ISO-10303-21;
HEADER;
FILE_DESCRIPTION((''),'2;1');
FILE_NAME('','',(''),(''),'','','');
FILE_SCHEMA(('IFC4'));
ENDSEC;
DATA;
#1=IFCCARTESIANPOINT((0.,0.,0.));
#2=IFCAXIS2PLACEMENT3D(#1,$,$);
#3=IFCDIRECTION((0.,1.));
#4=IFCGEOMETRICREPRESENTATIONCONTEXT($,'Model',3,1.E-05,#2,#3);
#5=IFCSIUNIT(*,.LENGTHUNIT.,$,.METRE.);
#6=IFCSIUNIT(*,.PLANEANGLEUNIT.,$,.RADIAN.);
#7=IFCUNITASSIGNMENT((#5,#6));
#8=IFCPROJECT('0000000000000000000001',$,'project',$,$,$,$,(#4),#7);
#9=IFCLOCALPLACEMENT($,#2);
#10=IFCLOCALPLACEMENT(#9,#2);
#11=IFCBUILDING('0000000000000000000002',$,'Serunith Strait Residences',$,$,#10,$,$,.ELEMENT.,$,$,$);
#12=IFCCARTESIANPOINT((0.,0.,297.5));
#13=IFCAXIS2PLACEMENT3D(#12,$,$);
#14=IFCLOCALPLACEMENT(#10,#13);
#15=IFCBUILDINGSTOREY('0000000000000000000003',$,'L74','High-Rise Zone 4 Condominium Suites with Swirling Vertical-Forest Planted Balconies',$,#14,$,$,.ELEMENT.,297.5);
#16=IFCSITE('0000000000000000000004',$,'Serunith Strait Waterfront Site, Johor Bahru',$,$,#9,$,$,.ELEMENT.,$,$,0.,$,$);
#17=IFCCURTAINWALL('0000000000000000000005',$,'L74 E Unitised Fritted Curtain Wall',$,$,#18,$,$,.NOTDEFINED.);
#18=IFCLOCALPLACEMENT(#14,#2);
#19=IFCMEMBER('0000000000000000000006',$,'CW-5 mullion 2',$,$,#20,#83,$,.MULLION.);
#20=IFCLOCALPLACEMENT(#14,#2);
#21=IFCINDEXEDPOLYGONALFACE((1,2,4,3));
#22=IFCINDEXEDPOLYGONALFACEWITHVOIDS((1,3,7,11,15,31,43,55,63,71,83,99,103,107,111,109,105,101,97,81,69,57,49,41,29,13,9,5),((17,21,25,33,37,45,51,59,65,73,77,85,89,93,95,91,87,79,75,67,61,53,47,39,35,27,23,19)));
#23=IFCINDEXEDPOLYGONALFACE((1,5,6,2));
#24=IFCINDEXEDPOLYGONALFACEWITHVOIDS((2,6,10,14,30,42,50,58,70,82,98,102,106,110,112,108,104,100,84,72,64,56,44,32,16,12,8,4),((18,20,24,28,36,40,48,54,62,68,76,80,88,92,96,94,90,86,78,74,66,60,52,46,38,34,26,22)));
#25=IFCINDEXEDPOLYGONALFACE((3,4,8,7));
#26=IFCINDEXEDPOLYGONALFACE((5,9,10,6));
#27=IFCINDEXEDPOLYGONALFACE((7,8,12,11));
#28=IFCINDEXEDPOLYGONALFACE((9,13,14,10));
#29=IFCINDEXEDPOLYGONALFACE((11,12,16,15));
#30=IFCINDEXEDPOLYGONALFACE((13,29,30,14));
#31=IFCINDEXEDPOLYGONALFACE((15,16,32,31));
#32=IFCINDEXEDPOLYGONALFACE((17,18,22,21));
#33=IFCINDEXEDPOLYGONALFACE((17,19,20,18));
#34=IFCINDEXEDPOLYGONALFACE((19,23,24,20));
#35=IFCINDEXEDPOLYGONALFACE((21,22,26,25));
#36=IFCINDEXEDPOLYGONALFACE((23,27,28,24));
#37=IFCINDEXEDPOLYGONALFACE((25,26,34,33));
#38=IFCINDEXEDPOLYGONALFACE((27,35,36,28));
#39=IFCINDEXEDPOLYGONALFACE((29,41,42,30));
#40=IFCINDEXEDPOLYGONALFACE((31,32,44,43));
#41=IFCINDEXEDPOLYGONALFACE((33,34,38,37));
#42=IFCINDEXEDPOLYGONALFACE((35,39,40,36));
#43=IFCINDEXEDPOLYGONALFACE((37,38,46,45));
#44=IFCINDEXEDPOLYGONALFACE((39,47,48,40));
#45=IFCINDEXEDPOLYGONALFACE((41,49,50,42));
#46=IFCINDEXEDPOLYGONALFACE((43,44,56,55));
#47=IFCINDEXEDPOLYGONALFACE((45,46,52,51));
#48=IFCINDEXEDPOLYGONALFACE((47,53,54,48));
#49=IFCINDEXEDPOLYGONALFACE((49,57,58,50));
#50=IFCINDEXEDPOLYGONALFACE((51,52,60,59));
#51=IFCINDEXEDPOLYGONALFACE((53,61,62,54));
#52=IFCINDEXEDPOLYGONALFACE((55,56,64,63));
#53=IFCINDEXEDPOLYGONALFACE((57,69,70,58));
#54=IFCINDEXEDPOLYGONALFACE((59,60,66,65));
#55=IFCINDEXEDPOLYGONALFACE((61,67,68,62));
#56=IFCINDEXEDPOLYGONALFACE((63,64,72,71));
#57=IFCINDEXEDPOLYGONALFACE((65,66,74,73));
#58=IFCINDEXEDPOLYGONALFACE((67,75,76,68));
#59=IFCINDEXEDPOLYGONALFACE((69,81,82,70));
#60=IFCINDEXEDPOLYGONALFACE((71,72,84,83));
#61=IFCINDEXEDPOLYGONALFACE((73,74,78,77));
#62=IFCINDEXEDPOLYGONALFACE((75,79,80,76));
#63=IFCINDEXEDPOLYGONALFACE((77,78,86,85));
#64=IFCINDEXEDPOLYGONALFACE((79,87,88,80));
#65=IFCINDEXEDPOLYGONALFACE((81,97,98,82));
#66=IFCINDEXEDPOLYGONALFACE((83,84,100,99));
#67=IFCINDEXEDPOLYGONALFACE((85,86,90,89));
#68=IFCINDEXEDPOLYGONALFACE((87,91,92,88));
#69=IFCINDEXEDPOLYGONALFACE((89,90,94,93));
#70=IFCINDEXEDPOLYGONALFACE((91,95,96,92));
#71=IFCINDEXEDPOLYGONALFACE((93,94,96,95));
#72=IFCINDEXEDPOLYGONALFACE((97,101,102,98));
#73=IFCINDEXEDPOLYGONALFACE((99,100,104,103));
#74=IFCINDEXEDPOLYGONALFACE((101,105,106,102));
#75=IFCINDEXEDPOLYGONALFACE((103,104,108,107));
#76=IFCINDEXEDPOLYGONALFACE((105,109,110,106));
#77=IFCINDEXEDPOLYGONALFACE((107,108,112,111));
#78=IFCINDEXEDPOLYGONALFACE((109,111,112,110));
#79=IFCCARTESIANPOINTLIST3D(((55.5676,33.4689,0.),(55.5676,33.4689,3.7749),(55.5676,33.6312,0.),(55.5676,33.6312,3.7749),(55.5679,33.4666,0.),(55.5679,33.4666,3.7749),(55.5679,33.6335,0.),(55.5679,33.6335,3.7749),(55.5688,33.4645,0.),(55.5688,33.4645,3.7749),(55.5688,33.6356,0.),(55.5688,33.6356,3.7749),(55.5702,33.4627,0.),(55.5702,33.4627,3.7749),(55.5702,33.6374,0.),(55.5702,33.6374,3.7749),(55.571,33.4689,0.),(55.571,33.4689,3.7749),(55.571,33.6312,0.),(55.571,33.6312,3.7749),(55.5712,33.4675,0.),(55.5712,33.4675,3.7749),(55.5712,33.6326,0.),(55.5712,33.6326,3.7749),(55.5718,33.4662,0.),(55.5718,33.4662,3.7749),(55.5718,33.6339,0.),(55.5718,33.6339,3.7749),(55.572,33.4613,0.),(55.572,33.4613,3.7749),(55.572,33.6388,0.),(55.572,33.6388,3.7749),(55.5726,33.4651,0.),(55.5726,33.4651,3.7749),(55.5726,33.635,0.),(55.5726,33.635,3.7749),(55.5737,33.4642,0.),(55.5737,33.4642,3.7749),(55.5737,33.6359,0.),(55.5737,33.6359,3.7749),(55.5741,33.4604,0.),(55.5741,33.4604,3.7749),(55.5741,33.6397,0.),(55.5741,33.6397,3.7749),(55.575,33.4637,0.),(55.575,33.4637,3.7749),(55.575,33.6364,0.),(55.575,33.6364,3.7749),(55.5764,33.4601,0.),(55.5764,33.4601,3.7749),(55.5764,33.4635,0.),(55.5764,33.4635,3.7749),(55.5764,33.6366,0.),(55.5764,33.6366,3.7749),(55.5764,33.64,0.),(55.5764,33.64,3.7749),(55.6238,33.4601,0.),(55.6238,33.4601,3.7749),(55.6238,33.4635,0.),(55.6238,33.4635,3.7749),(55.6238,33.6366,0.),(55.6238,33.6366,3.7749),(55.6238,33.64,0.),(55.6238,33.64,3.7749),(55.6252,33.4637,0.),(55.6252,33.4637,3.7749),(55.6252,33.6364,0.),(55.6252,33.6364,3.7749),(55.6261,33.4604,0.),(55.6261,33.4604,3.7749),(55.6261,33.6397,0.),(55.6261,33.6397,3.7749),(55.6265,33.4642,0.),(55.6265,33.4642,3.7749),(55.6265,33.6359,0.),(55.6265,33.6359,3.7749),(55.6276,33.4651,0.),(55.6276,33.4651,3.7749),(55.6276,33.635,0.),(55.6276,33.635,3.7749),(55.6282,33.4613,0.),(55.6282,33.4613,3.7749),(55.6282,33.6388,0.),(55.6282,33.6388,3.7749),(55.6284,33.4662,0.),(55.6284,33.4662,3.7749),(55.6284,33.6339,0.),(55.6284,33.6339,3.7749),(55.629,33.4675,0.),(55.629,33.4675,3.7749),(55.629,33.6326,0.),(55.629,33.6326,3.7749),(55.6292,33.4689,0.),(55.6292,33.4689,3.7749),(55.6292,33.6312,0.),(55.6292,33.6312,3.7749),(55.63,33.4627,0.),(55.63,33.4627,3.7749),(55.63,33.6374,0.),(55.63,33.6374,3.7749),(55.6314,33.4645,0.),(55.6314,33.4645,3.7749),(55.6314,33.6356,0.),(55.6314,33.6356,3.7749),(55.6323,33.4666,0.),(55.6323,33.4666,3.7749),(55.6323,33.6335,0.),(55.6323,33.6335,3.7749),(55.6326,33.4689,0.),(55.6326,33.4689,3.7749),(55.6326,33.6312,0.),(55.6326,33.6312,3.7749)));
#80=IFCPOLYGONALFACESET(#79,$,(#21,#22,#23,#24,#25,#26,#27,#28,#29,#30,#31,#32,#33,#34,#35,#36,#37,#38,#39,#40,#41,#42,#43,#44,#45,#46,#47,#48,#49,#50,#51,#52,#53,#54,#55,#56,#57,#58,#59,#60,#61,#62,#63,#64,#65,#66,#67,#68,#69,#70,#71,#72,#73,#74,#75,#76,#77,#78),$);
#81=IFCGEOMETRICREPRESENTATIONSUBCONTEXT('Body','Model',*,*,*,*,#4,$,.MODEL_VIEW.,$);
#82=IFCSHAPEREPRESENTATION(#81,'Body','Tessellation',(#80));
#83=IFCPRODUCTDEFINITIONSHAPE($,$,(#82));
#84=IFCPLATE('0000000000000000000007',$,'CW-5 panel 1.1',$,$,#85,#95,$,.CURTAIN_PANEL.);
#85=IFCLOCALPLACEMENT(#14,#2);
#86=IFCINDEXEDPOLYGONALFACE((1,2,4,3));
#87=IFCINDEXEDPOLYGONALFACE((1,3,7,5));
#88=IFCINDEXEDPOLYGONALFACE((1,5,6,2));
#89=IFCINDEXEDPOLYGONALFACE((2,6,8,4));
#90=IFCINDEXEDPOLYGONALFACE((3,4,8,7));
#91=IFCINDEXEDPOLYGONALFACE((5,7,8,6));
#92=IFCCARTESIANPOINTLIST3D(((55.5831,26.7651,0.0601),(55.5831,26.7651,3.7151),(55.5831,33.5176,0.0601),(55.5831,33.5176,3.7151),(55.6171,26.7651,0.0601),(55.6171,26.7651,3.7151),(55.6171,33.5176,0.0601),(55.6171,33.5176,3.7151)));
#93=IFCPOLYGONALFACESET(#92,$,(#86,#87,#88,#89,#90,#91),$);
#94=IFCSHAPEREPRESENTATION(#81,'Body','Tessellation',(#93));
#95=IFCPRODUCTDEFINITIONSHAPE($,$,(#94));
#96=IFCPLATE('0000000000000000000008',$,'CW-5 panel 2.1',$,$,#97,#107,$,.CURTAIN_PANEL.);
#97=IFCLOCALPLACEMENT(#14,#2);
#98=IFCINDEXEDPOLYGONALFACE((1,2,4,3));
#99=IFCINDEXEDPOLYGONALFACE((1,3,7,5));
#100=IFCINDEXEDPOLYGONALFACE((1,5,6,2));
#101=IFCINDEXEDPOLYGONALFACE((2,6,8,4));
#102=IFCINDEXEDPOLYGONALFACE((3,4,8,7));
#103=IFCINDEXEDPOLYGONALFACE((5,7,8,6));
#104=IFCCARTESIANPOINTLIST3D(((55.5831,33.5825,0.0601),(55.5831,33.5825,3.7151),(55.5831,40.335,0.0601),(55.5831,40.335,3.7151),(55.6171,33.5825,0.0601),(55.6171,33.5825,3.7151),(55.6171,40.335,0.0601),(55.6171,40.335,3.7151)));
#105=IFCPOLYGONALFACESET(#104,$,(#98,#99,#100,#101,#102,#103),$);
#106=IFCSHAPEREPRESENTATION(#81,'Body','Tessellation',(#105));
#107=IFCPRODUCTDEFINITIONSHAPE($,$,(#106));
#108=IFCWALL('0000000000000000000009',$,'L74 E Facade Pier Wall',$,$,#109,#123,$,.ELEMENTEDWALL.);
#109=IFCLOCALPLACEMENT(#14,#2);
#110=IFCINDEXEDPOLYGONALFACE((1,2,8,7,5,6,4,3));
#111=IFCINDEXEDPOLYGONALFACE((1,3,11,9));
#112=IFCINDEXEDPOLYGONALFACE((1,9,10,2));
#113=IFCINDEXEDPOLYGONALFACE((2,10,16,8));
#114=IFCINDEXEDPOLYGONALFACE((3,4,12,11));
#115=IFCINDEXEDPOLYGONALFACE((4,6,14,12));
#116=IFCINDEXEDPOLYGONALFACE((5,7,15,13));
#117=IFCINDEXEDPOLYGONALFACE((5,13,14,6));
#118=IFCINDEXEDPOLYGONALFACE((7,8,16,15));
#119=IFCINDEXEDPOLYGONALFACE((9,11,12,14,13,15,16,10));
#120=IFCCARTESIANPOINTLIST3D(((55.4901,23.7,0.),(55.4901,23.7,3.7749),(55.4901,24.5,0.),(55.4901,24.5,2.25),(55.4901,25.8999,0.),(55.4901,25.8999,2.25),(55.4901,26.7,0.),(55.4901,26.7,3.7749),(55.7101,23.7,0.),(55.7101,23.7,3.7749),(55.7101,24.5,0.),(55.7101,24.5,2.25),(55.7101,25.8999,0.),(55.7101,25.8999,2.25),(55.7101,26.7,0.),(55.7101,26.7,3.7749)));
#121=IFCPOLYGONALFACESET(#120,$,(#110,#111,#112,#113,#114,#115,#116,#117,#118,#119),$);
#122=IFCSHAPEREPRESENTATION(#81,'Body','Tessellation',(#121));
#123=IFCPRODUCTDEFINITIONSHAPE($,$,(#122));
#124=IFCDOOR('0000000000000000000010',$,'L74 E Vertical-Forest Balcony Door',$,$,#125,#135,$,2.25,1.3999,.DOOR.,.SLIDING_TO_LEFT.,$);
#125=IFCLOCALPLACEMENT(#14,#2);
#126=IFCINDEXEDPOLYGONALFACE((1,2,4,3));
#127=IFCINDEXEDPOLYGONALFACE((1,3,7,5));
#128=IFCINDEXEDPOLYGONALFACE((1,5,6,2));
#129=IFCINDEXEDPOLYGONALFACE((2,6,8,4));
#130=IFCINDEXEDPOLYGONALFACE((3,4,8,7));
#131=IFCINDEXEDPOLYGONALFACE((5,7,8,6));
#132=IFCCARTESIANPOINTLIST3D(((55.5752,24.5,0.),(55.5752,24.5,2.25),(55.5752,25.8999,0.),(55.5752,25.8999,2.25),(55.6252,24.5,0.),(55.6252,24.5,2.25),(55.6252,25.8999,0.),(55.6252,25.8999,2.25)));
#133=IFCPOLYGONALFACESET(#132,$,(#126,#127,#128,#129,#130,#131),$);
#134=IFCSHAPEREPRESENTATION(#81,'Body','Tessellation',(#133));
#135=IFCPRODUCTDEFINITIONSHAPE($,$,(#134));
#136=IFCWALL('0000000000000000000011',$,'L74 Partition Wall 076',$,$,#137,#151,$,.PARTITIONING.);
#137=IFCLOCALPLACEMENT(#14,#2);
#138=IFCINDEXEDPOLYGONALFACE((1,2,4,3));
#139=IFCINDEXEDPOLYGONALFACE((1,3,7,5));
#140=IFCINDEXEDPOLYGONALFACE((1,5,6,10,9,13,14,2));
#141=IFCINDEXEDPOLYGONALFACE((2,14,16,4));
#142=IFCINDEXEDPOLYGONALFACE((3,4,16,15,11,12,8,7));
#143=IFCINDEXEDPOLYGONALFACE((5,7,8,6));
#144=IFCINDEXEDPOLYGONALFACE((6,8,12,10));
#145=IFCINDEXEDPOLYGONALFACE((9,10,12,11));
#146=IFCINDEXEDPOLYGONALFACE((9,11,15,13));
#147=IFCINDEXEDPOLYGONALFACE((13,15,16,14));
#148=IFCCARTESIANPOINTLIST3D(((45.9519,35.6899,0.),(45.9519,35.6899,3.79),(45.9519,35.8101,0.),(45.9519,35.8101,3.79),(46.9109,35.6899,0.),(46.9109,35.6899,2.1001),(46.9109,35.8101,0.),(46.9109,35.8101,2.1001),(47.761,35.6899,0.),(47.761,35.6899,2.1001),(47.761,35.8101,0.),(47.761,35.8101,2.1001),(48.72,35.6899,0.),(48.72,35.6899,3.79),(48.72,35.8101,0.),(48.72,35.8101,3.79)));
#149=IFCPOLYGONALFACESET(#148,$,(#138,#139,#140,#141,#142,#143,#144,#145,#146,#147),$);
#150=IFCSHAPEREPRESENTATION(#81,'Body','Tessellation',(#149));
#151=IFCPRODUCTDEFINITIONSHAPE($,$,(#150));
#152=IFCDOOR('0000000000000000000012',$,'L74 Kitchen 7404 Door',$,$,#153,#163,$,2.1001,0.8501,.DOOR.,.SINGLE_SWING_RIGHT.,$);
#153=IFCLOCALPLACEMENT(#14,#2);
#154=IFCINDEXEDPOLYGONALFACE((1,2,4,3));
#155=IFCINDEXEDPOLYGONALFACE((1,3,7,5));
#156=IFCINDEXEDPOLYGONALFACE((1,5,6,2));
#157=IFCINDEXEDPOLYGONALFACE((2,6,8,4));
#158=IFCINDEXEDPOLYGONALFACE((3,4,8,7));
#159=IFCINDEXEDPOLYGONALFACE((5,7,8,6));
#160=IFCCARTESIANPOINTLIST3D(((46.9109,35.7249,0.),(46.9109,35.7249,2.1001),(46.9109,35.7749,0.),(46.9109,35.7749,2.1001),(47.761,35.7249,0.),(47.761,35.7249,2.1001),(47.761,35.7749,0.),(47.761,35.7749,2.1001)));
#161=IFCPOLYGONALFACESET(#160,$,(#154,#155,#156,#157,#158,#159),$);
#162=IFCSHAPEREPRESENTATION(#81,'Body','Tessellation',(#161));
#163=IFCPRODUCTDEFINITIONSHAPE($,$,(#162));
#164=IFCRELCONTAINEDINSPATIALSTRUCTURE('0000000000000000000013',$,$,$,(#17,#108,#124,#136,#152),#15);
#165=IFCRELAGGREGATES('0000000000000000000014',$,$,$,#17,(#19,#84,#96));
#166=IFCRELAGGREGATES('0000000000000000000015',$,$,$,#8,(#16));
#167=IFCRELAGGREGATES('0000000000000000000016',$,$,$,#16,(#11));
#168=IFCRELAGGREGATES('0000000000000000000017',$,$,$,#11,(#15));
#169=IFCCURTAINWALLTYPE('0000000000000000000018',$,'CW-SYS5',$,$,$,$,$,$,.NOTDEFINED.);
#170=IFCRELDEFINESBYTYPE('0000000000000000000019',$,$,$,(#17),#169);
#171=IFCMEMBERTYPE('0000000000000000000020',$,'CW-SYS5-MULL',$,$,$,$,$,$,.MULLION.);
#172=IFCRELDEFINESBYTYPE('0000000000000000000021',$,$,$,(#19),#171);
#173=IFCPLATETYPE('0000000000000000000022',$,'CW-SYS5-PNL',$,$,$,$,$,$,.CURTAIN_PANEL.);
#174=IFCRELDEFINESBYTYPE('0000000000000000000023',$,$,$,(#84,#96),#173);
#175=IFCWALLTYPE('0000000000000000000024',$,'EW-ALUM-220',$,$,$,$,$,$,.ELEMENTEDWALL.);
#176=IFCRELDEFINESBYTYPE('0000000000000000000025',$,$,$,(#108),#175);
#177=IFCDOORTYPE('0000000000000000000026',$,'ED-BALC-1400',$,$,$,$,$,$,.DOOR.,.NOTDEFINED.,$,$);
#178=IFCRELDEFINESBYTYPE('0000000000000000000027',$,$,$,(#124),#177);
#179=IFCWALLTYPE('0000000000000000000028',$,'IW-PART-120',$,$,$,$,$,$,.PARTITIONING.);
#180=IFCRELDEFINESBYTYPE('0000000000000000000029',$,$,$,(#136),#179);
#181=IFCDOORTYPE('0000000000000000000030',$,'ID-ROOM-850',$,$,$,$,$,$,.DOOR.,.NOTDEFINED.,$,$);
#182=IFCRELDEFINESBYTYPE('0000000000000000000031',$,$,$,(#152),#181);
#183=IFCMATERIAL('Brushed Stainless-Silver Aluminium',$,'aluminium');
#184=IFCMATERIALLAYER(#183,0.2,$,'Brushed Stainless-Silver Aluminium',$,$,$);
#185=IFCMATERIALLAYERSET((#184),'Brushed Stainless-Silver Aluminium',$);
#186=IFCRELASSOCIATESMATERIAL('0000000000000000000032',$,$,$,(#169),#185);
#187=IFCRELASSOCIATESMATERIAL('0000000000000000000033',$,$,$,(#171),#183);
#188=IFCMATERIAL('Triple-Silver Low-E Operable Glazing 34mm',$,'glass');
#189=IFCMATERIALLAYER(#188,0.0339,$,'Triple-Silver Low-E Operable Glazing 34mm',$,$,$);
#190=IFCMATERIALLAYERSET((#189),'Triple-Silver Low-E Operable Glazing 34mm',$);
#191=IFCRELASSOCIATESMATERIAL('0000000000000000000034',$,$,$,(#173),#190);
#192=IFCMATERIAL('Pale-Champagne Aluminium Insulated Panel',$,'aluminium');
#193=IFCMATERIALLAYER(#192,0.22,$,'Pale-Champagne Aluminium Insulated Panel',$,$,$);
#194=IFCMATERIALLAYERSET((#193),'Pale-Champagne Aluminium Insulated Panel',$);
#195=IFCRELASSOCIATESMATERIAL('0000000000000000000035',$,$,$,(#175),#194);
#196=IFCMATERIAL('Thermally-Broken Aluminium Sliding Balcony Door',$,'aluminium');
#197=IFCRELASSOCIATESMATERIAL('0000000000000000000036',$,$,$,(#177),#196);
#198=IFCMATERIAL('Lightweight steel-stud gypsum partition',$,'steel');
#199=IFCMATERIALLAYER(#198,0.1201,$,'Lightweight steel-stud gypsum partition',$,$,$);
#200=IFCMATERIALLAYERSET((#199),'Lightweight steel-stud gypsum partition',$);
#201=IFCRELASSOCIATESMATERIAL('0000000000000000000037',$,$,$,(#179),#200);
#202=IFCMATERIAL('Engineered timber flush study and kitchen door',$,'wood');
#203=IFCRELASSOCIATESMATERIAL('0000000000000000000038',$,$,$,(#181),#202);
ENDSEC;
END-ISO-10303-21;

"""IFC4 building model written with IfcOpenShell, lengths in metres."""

from ifc_helpers import new_model, si_unit, direction, frame, frame_2d, origin, origin_2d, place, context, subcontext, project, spatial, rectangle, hollow_rectangle, extrude, source, transform, mapped, material, layer, layer_set, material_profile, profile_set, type_object, element, fill, aggregate, save


model = new_model("IFC4")

# Units and contexts
model_context = context("Model", 3, precision=1e-05, world=origin(), true_north=direction((0.0, 1.0)))
body_context = subcontext(model_context, "Body", "Model", "MODEL_VIEW")
ifc_project = project(units=[si_unit("LENGTHUNIT", "METRE"), si_unit("PLANEANGLEUNIT", "RADIAN")], contexts=[model_context])

# Site, building, storey
site_placement = place(None, origin())
site = spatial("IfcSite", under=ifc_project, at=site_placement, Name="Serunith Strait Waterfront Site, Johor Bahru", CompositionType="ELEMENT", RefElevation=0.0)
building_placement = place(site_placement, origin())
building = spatial("IfcBuilding", under=site, at=building_placement, Name="Serunith Strait Residences", CompositionType="ELEMENT")
storey_placement = place(building_placement, frame((0.0, 0.0, 297.5)))
storey = spatial("IfcBuildingStorey", under=building, at=storey_placement, Name="L74", Description="High-Rise Zone 4 Condominium Suites with Swirling Vertical-Forest Planted Balconies", CompositionType="ELEMENT", Elevation=297.5)

# Curtain wall
ifc_material_1 = material(Name="Brushed Stainless-Silver Aluminium", Category="aluminium")
ifc_layer_1 = layer(ifc_material_1, 0.2, Name="Brushed Stainless-Silver Aluminium")
ifc_layer_set_1 = layer_set([ifc_layer_1], Name="Brushed Stainless-Silver Aluminium")
curtain_wall_type = type_object("IfcCurtainWallType", Name="CW-SYS5", PredefinedType="NOTDEFINED", material=ifc_layer_set_1)
curtain_wall_1_placement = place(storey_placement, origin())
curtain_wall_1 = element("IfcCurtainWall", 1, at=curtain_wall_1_placement, inside=storey, type_object=curtain_wall_type, Name="L74 E Unitised Fritted Curtain Wall", PredefinedType="NOTDEFINED")

# Shared definitions
ifc_material_profile_1 = material_profile(ifc_material_1, hollow_rectangle(XDim=0.0649, YDim=0.1799, WallThickness=0.0034, InnerFilletRadius=0.0054, OuterFilletRadius=0.0088, at=origin_2d()), Name="ALU 180x65x3.5")
ifc_profile_set_1 = profile_set([ifc_material_profile_1], Name="Brushed Stainless-Silver Aluminium")
member_type_1 = type_object("IfcMemberType", Name="CW-SYS5-MULL", PredefinedType="MULLION", material=ifc_profile_set_1)
shared_shape_1 = source(origin(), body_context, "Body", "SweptSolid", [
    extrude(hollow_rectangle(XDim=0.0649, YDim=0.1799, WallThickness=0.0034, InnerFilletRadius=0.0054, OuterFilletRadius=0.0088, at=origin_2d()), origin(), (0.0, 0.0, 1.0), 3.7749),
])

# Member
member_1_placement = place(storey_placement, frame((55.6001, 33.55, 0.0), z_axis=(0.0, 0.0, 1.0), x_axis=(-1.0, 0.0, 0.0)))
member_1 = element("IfcMember", 2, at=member_1_placement, type_object=member_type_1, Name="CW-5 mullion 2", PredefinedType="MULLION", context=body_context, shape_type="MappedRepresentation", body=[
    mapped(shared_shape_1, transform((0.0, 0.0, 0.0), scale=1.0)),
])

# Plates
ifc_material_2 = material(Name="Triple-Silver Low-E Operable Glazing 34mm", Category="glass")
ifc_layer_2 = layer(ifc_material_2, 0.0339, Name="Triple-Silver Low-E Operable Glazing 34mm")
ifc_layer_set_2 = layer_set([ifc_layer_2], Name="Triple-Silver Low-E Operable Glazing 34mm")
plate_type = type_object("IfcPlateType", Name="CW-SYS5-PNL", PredefinedType="CURTAIN_PANEL", material=ifc_layer_set_2)
shared_shape_2 = source(origin(), body_context, "Body", "SweptSolid", [
    extrude(rectangle(XDim=6.7524, YDim=0.0339, at=origin_2d()), origin(), (0.0, 0.0, 1.0), 3.655),
])
plate_1_placement = place(storey_placement, frame((55.6001, 30.1414, 0.0601), z_axis=(0.0, 0.0, 1.0), x_axis=(0.0, 1.0, 0.0)))
plate_1 = element("IfcPlate", 3, at=plate_1_placement, type_object=plate_type, Name="CW-5 panel 1.1", PredefinedType="CURTAIN_PANEL", context=body_context, shape_type="MappedRepresentation", body=[
    mapped(shared_shape_2, transform((0.0, 0.0, 0.0), scale=1.0)),
])
plate_2_placement = place(storey_placement, frame((55.6001, 36.9587, 0.0601), z_axis=(0.0, 0.0, 1.0), x_axis=(0.0, 1.0, 0.0)))
plate_2 = element("IfcPlate", 4, at=plate_2_placement, type_object=plate_type, Name="CW-5 panel 2.1", PredefinedType="CURTAIN_PANEL", context=body_context, shape_type="MappedRepresentation", body=[
    mapped(shared_shape_2, transform((0.0, 0.0, 0.0), scale=1.0)),
])
aggregate(curtain_wall_1, [member_1, plate_1, plate_2])

# Walls, openings, doors
ifc_material_3 = material(Name="Pale-Champagne Aluminium Insulated Panel", Category="aluminium")
ifc_layer_3 = layer(ifc_material_3, 0.22, Name="Pale-Champagne Aluminium Insulated Panel")
ifc_layer_set_3 = layer_set([ifc_layer_3], Name="Pale-Champagne Aluminium Insulated Panel")
wall_type_1 = type_object("IfcWallType", Name="EW-ALUM-220", PredefinedType="ELEMENTEDWALL", material=ifc_layer_set_3)
wall_1_placement = place(storey_placement, frame((55.6001, 23.7, 0.0), z_axis=(0.0, 0.0, 1.0), x_axis=(0.0, 1.0, 0.0)))
wall_1 = element("IfcWall", 5, at=wall_1_placement, inside=storey, type_object=wall_type_1, Name="L74 E Facade Pier Wall", PredefinedType="ELEMENTEDWALL", context=body_context, shape_type="SweptSolid", body=[
    extrude(rectangle(XDim=3.0, YDim=0.22, at=frame_2d((1.5, 0.0))), origin(), (0.0, 0.0, 1.0), 3.7749),
])
opening_1_placement = place(wall_1_placement, frame((0.8, 0.0, 0.0)))
opening_1 = element("IfcOpeningElement", 6, at=opening_1_placement, cuts=wall_1, PredefinedType="OPENING", context=body_context, shape_type="SweptSolid", body=[
    extrude(rectangle(XDim=1.3999, YDim=2.25, at=frame_2d((0.7, 1.125))), frame((0.0, 0.1201, 0.0), z_axis=(0.0, -1.0, 0.0), x_axis=(1.0, 0.0, 0.0)), (0.0, 0.0, 1.0), 0.24),
])
ifc_material_4 = material(Name="Thermally-Broken Aluminium Sliding Balcony Door", Category="aluminium")
door_type_1 = type_object("IfcDoorType", Name="ED-BALC-1400", OperationType="NOTDEFINED", PredefinedType="DOOR", material=ifc_material_4)
shared_shape_3 = source(origin(), body_context, "Body", "SweptSolid", [
    extrude(rectangle(XDim=1.3999, YDim=2.25, at=frame_2d((0.7, 1.125))), frame((0.0, 0.0249, 0.0), z_axis=(0.0, -1.0, 0.0), x_axis=(1.0, 0.0, 0.0)), (0.0, 0.0, 1.0), 0.05),
])
door_1_placement = place(opening_1_placement, origin())
door_1 = element("IfcDoor", 7, at=door_1_placement, inside=storey, type_object=door_type_1, Name="L74 E Vertical-Forest Balcony Door", OperationType="SLIDING_TO_LEFT", OverallHeight=2.25, OverallWidth=1.3999, PredefinedType="DOOR", context=body_context, shape_type="MappedRepresentation", body=[
    mapped(shared_shape_3, transform((0.0, 0.0, 0.0), scale=1.0)),
])
fill(opening_1, door_1)
ifc_material_5 = material(Name="Lightweight steel-stud gypsum partition", Category="steel")
ifc_layer_4 = layer(ifc_material_5, 0.1201, Name="Lightweight steel-stud gypsum partition")
ifc_layer_set_4 = layer_set([ifc_layer_4], Name="Lightweight steel-stud gypsum partition")
wall_type_2 = type_object("IfcWallType", Name="IW-PART-120", PredefinedType="PARTITIONING", material=ifc_layer_set_4)
wall_2_placement = place(storey_placement, frame((45.9519, 35.75, 0.0), z_axis=(0.0, 0.0, 1.0), x_axis=(1.0, 0.0, 0.0)))
wall_2 = element("IfcWall", 8, at=wall_2_placement, inside=storey, type_object=wall_type_2, Name="L74 Partition Wall 076", PredefinedType="PARTITIONING", context=body_context, shape_type="SweptSolid", body=[
    extrude(rectangle(XDim=2.7681, YDim=0.1201, at=frame_2d((1.384, 0.0))), origin(), (0.0, 0.0, 1.0), 3.79),
])
opening_2_placement = place(wall_2_placement, frame((0.959, 0.0, 0.0)))
opening_2 = element("IfcOpeningElement", 9, at=opening_2_placement, cuts=wall_2, PredefinedType="OPENING", context=body_context, shape_type="SweptSolid", body=[
    extrude(rectangle(XDim=0.8501, YDim=2.1001, at=frame_2d((0.425, 1.05))), frame((0.0, 0.0701, 0.0), z_axis=(0.0, -1.0, 0.0), x_axis=(1.0, 0.0, 0.0)), (0.0, 0.0, 1.0), 0.1401),
])
ifc_material_6 = material(Name="Engineered timber flush study and kitchen door", Category="wood")
door_type_2 = type_object("IfcDoorType", Name="ID-ROOM-850", OperationType="NOTDEFINED", PredefinedType="DOOR", material=ifc_material_6)
shared_shape_4 = source(origin(), body_context, "Body", "SweptSolid", [
    extrude(rectangle(XDim=0.8501, YDim=2.1001, at=frame_2d((0.425, 1.05))), frame((0.0, 0.0249, 0.0), z_axis=(0.0, -1.0, 0.0), x_axis=(1.0, 0.0, 0.0)), (0.0, 0.0, 1.0), 0.05),
])
door_2_placement = place(opening_2_placement, origin())
door_2 = element("IfcDoor", 10, at=door_2_placement, inside=storey, type_object=door_type_2, Name="L74 Kitchen 7404 Door", OperationType="SINGLE_SWING_RIGHT", OverallHeight=2.1001, OverallWidth=0.8501, PredefinedType="DOOR", context=body_context, shape_type="MappedRepresentation", body=[
    mapped(shared_shape_4, transform((0.0, 0.0, 0.0), scale=1.0)),
])
fill(opening_2, door_2)

save(model, "model.ifc")
